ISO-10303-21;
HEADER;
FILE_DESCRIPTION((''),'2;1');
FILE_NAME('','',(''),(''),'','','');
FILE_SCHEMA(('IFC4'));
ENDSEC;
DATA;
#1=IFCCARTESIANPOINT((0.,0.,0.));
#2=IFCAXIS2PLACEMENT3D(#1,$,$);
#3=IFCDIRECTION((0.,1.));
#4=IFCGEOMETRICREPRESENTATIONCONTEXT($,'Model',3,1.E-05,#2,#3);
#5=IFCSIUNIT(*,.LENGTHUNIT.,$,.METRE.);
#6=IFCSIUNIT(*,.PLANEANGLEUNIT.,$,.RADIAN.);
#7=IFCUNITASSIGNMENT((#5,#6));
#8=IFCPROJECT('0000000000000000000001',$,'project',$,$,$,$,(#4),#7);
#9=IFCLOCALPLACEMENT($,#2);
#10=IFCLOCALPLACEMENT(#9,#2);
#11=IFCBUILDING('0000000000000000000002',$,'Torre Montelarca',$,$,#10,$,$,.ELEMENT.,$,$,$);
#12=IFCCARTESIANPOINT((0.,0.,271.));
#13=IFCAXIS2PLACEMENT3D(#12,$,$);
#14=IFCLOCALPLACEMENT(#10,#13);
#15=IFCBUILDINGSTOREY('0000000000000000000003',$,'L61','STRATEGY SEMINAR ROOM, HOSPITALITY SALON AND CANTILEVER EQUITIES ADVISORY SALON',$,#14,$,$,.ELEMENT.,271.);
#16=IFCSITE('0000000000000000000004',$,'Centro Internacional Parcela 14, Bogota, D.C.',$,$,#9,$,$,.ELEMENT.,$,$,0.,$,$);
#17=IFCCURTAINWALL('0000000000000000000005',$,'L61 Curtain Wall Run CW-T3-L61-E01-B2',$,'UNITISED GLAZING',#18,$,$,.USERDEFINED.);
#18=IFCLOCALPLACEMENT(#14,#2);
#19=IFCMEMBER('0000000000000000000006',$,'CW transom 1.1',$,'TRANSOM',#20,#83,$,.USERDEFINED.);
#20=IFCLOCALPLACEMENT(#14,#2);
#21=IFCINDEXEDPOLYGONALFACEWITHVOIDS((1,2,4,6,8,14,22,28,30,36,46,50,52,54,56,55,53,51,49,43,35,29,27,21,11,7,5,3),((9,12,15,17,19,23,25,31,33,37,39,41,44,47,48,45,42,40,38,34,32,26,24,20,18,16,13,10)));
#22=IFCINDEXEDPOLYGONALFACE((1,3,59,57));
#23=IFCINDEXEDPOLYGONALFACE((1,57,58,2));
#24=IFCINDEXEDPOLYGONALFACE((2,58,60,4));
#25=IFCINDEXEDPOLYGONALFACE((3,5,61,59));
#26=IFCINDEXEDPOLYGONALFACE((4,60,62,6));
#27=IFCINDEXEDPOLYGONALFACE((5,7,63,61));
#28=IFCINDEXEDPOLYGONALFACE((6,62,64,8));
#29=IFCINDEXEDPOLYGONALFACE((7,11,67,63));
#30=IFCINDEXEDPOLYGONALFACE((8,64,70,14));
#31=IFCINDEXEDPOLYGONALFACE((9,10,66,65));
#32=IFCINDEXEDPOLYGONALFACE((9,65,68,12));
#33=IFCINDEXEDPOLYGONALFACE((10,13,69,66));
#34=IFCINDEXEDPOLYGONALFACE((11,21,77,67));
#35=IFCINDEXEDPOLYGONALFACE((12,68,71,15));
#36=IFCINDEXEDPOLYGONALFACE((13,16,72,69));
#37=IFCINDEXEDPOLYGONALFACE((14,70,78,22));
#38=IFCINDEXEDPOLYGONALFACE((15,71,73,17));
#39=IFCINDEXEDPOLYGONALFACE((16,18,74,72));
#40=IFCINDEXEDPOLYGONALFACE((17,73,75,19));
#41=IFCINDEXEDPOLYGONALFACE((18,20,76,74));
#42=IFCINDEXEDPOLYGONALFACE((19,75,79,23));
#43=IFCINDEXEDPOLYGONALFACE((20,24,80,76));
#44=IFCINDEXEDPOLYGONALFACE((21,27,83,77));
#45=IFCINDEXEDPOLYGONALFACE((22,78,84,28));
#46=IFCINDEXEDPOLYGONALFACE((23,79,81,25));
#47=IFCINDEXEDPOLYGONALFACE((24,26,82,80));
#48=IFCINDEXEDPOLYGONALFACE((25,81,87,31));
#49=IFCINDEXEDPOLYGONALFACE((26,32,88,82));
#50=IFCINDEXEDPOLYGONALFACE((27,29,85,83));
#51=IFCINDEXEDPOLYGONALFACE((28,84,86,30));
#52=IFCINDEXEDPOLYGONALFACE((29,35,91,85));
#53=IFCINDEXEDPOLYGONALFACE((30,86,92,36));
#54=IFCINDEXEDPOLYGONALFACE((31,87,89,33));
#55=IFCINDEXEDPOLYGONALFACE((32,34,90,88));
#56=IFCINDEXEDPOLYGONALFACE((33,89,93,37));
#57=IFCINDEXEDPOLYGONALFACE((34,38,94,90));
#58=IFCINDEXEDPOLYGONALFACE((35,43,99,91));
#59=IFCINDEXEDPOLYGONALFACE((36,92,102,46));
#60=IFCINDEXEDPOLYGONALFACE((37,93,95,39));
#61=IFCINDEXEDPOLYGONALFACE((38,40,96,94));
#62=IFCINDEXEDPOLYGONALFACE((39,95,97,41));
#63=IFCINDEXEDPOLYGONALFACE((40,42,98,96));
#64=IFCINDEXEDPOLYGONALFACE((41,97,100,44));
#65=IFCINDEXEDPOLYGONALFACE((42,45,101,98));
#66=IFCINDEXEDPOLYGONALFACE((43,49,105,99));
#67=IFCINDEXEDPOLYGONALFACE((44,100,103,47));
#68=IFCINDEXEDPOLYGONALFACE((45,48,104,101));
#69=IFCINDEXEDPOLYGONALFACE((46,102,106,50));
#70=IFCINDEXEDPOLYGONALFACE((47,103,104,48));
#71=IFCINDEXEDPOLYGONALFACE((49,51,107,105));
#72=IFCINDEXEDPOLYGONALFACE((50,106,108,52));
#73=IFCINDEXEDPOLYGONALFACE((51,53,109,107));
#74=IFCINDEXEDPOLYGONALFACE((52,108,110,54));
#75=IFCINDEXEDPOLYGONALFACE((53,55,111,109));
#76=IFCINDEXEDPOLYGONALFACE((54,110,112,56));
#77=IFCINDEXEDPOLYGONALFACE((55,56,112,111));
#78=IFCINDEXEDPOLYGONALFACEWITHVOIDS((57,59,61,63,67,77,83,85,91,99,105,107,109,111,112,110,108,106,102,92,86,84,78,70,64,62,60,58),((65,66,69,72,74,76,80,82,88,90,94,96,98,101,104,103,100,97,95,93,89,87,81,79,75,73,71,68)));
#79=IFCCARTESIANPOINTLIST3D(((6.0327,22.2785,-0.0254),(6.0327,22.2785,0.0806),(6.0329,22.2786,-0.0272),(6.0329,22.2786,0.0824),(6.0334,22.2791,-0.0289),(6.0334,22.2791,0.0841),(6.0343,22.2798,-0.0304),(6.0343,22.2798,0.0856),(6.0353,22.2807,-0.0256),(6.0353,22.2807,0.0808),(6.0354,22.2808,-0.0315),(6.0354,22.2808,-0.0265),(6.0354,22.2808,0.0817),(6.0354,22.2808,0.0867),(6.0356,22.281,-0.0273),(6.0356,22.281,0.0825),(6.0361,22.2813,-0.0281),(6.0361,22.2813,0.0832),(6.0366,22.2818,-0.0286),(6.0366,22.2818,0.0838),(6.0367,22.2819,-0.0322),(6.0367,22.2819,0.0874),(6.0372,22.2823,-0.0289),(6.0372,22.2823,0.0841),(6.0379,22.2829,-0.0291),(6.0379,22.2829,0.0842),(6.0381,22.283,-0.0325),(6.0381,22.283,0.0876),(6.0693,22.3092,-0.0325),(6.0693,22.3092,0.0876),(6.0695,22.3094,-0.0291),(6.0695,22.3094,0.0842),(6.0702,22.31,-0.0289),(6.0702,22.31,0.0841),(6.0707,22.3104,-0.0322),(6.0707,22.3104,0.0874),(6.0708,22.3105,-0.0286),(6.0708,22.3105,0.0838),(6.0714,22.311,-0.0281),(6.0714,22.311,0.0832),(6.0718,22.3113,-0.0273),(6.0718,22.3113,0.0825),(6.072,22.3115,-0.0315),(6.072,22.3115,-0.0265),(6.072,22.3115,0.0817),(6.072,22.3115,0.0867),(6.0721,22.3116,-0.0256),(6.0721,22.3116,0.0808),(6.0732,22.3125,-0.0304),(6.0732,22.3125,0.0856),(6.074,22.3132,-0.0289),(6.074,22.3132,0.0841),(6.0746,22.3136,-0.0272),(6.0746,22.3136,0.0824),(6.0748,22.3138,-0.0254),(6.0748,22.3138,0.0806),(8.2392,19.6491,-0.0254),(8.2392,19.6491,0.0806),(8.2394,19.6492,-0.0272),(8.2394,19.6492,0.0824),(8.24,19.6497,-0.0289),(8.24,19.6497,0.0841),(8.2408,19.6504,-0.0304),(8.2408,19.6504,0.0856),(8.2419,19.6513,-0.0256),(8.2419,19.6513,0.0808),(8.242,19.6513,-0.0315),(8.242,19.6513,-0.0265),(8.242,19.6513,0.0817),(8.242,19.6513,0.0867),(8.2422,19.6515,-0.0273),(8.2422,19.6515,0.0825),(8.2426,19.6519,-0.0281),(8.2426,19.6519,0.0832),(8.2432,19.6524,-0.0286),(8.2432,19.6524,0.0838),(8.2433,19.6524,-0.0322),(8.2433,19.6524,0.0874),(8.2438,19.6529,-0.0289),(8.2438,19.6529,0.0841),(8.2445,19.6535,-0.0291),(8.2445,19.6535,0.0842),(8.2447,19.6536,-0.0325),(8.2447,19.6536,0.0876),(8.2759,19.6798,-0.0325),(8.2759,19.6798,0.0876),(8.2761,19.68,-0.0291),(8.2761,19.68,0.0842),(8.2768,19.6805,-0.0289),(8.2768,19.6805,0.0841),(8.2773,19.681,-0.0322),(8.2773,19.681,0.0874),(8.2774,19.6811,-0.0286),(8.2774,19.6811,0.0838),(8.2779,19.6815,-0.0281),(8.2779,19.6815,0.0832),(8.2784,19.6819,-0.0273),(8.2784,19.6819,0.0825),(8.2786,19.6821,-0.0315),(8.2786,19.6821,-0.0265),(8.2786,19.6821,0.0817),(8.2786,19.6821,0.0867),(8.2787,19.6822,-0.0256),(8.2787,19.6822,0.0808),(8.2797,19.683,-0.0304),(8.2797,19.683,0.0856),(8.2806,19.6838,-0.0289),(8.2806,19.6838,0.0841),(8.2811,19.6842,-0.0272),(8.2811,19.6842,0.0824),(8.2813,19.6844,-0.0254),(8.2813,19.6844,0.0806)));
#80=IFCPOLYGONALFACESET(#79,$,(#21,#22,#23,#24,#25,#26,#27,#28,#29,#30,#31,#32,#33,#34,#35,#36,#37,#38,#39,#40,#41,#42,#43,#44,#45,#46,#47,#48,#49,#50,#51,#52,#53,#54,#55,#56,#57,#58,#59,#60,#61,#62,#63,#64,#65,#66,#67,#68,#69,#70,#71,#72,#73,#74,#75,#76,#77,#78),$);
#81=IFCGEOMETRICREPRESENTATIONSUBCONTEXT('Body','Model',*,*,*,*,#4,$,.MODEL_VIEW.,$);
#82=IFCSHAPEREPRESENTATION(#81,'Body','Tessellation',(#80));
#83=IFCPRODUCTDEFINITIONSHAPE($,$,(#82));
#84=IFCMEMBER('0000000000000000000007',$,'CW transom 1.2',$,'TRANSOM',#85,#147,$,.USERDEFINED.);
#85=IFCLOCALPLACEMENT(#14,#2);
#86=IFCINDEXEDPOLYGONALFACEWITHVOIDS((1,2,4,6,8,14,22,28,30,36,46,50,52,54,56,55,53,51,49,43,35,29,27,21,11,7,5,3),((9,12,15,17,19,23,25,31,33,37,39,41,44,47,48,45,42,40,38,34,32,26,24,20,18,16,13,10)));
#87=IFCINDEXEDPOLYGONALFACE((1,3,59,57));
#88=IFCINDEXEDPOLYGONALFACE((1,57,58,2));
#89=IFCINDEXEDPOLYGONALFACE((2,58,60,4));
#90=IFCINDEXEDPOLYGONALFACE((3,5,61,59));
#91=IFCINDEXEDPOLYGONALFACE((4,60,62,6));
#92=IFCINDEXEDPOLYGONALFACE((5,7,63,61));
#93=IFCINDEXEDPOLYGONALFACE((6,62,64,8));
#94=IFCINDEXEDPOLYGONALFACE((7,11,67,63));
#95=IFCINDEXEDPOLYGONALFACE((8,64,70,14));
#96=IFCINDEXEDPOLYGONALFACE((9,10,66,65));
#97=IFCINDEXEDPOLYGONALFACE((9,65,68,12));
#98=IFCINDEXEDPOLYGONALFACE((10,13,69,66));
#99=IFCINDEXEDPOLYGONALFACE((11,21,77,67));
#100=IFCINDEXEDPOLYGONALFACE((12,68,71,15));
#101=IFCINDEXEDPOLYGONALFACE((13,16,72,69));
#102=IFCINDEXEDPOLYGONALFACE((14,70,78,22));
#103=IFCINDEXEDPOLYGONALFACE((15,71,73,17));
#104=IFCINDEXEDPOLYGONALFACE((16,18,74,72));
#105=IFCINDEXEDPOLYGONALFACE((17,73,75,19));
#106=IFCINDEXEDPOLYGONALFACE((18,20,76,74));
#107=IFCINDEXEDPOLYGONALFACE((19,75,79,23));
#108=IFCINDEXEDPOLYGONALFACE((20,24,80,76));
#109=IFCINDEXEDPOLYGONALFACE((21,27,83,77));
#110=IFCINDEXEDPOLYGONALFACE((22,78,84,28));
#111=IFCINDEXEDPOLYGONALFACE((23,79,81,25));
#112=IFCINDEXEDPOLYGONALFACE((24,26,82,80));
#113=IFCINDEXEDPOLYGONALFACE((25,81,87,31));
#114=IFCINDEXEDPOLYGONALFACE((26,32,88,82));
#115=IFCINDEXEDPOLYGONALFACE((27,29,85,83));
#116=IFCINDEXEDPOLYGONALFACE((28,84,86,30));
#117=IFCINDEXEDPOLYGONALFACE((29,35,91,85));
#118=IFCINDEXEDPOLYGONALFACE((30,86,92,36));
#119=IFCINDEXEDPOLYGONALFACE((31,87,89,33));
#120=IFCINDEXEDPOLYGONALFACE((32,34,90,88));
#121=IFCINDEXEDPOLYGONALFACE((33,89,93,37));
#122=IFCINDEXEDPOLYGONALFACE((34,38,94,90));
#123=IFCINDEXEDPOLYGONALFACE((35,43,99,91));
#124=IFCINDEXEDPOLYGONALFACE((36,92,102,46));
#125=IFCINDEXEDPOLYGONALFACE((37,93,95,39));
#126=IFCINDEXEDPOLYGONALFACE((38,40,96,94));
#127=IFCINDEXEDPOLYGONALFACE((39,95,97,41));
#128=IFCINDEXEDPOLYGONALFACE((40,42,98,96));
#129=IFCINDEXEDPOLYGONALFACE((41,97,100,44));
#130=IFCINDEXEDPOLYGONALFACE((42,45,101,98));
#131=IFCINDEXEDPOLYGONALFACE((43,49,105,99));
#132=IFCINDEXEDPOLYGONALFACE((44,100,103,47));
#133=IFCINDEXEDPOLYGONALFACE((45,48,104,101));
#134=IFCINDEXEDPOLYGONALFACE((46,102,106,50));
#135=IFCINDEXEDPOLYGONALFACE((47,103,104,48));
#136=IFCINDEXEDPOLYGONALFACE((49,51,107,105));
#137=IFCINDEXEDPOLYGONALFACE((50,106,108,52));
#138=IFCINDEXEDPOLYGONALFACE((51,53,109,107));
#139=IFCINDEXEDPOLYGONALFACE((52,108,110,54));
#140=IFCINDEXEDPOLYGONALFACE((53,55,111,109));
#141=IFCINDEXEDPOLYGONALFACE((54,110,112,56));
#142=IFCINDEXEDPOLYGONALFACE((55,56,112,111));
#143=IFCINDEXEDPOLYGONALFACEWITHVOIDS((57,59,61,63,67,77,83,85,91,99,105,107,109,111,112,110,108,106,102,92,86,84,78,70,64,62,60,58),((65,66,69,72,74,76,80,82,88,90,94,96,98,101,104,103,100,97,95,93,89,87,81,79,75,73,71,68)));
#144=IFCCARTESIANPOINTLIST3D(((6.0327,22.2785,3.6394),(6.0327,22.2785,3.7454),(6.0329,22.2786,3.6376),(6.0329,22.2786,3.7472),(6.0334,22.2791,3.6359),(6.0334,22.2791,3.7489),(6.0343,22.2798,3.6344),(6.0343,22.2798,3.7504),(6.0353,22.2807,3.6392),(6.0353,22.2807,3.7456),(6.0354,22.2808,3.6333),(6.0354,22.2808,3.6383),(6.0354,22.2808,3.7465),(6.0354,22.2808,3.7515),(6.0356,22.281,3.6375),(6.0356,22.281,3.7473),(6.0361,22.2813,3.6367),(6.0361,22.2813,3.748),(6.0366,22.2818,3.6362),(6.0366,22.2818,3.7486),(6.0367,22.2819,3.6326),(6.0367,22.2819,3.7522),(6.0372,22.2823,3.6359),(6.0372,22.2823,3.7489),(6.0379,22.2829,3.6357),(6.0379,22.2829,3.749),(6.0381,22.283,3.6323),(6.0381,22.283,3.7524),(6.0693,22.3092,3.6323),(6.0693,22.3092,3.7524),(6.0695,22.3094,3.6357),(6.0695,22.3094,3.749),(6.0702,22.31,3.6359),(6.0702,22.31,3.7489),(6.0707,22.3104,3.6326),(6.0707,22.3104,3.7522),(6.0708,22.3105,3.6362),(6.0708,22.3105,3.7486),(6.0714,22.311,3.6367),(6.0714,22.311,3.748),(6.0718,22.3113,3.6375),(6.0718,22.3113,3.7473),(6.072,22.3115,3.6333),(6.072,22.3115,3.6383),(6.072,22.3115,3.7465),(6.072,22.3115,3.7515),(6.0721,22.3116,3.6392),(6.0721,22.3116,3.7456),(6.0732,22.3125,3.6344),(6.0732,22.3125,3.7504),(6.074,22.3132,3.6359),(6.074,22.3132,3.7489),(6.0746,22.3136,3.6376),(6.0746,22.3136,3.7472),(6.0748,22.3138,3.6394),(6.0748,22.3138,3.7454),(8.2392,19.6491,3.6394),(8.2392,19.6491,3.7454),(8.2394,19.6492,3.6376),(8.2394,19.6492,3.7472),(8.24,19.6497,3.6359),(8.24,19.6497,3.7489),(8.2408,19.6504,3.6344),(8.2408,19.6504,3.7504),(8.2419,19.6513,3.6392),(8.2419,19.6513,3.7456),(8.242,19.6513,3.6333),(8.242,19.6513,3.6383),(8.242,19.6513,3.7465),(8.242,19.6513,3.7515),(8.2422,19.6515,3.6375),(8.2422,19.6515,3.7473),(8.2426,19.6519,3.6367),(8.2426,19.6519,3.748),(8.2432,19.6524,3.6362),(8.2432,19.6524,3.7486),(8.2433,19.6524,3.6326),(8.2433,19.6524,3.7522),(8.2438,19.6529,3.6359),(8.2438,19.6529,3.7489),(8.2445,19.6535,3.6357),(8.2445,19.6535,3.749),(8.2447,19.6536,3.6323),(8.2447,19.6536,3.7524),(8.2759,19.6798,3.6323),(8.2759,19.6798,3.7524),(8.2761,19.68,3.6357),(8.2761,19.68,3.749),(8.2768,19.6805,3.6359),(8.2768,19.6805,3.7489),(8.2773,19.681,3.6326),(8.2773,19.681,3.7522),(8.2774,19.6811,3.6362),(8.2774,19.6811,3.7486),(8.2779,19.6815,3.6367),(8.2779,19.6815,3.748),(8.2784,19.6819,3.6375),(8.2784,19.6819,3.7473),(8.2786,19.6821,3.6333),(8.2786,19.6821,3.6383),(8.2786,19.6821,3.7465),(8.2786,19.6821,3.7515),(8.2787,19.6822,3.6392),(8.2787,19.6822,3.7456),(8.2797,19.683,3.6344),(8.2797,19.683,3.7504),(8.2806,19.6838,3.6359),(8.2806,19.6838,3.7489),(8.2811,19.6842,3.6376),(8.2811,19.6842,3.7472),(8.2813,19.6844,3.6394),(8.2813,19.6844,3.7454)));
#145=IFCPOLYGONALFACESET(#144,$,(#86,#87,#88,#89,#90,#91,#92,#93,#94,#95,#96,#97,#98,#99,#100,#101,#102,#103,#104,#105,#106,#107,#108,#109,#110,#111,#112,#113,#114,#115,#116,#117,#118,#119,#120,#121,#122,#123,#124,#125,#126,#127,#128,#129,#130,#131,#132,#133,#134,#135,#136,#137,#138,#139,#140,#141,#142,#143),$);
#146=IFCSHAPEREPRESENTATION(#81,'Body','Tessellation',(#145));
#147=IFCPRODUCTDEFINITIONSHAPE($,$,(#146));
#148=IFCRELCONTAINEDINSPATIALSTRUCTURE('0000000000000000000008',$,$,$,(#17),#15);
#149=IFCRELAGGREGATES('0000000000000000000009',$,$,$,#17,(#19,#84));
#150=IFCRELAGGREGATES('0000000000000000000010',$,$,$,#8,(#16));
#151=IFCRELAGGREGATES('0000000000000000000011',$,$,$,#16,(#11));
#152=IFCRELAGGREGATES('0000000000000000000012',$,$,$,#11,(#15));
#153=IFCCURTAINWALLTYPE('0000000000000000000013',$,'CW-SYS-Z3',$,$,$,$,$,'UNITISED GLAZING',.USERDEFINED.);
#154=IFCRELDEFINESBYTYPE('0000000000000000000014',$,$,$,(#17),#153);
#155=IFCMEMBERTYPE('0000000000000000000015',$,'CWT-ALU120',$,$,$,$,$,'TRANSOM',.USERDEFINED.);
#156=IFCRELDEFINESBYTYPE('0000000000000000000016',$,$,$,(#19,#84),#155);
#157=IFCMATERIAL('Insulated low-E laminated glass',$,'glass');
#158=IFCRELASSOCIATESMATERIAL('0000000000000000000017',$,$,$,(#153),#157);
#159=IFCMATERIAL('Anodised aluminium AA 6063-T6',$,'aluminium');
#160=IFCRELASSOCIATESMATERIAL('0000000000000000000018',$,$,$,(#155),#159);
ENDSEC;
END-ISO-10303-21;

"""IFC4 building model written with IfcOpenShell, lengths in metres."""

from ifc_helpers import new_model, si_unit, direction, frame, origin, origin_2d, place, context, subcontext, project, spatial, hollow_rectangle, extrude, source, transform, mapped, material, material_profile, profile_set, type_object, element, aggregate, save


model = new_model("IFC4")

# Units and contexts
model_context = context("Model", 3, precision=1e-05, world=origin(), true_north=direction((0.0, 1.0)))
body_context = subcontext(model_context, "Body", "Model", "MODEL_VIEW")
ifc_project = project(units=[si_unit("LENGTHUNIT", "METRE"), si_unit("PLANEANGLEUNIT", "RADIAN")], contexts=[model_context])

# Site, building, storey
site_placement = place(None, origin())
site = spatial("IfcSite", under=ifc_project, at=site_placement, Name="Centro Internacional Parcela 14, Bogota, D.C.", CompositionType="ELEMENT", RefElevation=0.0)
building_placement = place(site_placement, origin())
building = spatial("IfcBuilding", under=site, at=building_placement, Name="Torre Montelarca", CompositionType="ELEMENT")
storey_placement = place(building_placement, frame((0.0, 0.0, 271.0)))
storey = spatial("IfcBuildingStorey", under=building, at=storey_placement, Name="L61", Description="STRATEGY SEMINAR ROOM, HOSPITALITY SALON AND CANTILEVER EQUITIES ADVISORY SALON", CompositionType="ELEMENT", Elevation=271.0)

# Curtain wall, members
ifc_material_1 = material(Name="Insulated low-E laminated glass", Category="glass")
curtain_wall_type = type_object("IfcCurtainWallType", Name="CW-SYS-Z3", ElementType="UNITISED GLAZING", PredefinedType="USERDEFINED", material=ifc_material_1)
ifc_material_2 = material(Name="Anodised aluminium AA 6063-T6", Category="aluminium")
curtain_wall_1_placement = place(storey_placement, origin())
curtain_wall_1 = element("IfcCurtainWall", 1, at=curtain_wall_1_placement, inside=storey, type_object=curtain_wall_type, Name="L61 Curtain Wall Run CW-T3-L61-E01-B2", ObjectType="UNITISED GLAZING", PredefinedType="USERDEFINED")
ifc_material_profile_1 = material_profile(ifc_material_2, hollow_rectangle(XDim=0.0549, YDim=0.1201, WallThickness=0.0034, InnerFilletRadius=0.0034, OuterFilletRadius=0.0071, at=origin_2d()), Name="ALU55X120X3.5", Category="aluminium")
ifc_profile_set_1 = profile_set([ifc_material_profile_1], Name="Anodised aluminium AA 6063-T6")
member_type_1 = type_object("IfcMemberType", Name="CWT-ALU120", ElementType="TRANSOM", PredefinedType="USERDEFINED", material=ifc_profile_set_1)
shared_shape_1 = source(origin(), body_context, "Body", "SweptSolid", [
    extrude(hollow_rectangle(XDim=0.0549, YDim=0.1201, WallThickness=0.0034, InnerFilletRadius=0.0034, OuterFilletRadius=0.0071, at=origin_2d()), origin(), (0.0, 0.0, 1.0), 3.4326),
])
member_1_placement = place(storey_placement, frame((6.0537, 22.2961, 0.0276), z_axis=(0.642825, -0.766013, 0.0), x_axis=(0.766013, 0.642825, 0.0)))
member_1 = element("IfcMember", 2, at=member_1_placement, type_object=member_type_1, Name="CW transom 1.1", ObjectType="TRANSOM", PredefinedType="USERDEFINED", context=body_context, shape_type="MappedRepresentation", body=[
    mapped(shared_shape_1, transform((0.0, 0.0, 0.0), scale=1.0)),
])
member_2_placement = place(storey_placement, frame((6.0537, 22.2961, 3.6924), z_axis=(0.642825, -0.766013, 0.0), x_axis=(0.766013, 0.642825, 0.0)))
member_2 = element("IfcMember", 3, at=member_2_placement, type_object=member_type_1, Name="CW transom 1.2", ObjectType="TRANSOM", PredefinedType="USERDEFINED", context=body_context, shape_type="MappedRepresentation", body=[
    mapped(shared_shape_1, transform((0.0, 0.0, 0.0), scale=1.0)),
])

aggregate(curtain_wall_1, [member_1, member_2])

save(model, "model.ifc")
